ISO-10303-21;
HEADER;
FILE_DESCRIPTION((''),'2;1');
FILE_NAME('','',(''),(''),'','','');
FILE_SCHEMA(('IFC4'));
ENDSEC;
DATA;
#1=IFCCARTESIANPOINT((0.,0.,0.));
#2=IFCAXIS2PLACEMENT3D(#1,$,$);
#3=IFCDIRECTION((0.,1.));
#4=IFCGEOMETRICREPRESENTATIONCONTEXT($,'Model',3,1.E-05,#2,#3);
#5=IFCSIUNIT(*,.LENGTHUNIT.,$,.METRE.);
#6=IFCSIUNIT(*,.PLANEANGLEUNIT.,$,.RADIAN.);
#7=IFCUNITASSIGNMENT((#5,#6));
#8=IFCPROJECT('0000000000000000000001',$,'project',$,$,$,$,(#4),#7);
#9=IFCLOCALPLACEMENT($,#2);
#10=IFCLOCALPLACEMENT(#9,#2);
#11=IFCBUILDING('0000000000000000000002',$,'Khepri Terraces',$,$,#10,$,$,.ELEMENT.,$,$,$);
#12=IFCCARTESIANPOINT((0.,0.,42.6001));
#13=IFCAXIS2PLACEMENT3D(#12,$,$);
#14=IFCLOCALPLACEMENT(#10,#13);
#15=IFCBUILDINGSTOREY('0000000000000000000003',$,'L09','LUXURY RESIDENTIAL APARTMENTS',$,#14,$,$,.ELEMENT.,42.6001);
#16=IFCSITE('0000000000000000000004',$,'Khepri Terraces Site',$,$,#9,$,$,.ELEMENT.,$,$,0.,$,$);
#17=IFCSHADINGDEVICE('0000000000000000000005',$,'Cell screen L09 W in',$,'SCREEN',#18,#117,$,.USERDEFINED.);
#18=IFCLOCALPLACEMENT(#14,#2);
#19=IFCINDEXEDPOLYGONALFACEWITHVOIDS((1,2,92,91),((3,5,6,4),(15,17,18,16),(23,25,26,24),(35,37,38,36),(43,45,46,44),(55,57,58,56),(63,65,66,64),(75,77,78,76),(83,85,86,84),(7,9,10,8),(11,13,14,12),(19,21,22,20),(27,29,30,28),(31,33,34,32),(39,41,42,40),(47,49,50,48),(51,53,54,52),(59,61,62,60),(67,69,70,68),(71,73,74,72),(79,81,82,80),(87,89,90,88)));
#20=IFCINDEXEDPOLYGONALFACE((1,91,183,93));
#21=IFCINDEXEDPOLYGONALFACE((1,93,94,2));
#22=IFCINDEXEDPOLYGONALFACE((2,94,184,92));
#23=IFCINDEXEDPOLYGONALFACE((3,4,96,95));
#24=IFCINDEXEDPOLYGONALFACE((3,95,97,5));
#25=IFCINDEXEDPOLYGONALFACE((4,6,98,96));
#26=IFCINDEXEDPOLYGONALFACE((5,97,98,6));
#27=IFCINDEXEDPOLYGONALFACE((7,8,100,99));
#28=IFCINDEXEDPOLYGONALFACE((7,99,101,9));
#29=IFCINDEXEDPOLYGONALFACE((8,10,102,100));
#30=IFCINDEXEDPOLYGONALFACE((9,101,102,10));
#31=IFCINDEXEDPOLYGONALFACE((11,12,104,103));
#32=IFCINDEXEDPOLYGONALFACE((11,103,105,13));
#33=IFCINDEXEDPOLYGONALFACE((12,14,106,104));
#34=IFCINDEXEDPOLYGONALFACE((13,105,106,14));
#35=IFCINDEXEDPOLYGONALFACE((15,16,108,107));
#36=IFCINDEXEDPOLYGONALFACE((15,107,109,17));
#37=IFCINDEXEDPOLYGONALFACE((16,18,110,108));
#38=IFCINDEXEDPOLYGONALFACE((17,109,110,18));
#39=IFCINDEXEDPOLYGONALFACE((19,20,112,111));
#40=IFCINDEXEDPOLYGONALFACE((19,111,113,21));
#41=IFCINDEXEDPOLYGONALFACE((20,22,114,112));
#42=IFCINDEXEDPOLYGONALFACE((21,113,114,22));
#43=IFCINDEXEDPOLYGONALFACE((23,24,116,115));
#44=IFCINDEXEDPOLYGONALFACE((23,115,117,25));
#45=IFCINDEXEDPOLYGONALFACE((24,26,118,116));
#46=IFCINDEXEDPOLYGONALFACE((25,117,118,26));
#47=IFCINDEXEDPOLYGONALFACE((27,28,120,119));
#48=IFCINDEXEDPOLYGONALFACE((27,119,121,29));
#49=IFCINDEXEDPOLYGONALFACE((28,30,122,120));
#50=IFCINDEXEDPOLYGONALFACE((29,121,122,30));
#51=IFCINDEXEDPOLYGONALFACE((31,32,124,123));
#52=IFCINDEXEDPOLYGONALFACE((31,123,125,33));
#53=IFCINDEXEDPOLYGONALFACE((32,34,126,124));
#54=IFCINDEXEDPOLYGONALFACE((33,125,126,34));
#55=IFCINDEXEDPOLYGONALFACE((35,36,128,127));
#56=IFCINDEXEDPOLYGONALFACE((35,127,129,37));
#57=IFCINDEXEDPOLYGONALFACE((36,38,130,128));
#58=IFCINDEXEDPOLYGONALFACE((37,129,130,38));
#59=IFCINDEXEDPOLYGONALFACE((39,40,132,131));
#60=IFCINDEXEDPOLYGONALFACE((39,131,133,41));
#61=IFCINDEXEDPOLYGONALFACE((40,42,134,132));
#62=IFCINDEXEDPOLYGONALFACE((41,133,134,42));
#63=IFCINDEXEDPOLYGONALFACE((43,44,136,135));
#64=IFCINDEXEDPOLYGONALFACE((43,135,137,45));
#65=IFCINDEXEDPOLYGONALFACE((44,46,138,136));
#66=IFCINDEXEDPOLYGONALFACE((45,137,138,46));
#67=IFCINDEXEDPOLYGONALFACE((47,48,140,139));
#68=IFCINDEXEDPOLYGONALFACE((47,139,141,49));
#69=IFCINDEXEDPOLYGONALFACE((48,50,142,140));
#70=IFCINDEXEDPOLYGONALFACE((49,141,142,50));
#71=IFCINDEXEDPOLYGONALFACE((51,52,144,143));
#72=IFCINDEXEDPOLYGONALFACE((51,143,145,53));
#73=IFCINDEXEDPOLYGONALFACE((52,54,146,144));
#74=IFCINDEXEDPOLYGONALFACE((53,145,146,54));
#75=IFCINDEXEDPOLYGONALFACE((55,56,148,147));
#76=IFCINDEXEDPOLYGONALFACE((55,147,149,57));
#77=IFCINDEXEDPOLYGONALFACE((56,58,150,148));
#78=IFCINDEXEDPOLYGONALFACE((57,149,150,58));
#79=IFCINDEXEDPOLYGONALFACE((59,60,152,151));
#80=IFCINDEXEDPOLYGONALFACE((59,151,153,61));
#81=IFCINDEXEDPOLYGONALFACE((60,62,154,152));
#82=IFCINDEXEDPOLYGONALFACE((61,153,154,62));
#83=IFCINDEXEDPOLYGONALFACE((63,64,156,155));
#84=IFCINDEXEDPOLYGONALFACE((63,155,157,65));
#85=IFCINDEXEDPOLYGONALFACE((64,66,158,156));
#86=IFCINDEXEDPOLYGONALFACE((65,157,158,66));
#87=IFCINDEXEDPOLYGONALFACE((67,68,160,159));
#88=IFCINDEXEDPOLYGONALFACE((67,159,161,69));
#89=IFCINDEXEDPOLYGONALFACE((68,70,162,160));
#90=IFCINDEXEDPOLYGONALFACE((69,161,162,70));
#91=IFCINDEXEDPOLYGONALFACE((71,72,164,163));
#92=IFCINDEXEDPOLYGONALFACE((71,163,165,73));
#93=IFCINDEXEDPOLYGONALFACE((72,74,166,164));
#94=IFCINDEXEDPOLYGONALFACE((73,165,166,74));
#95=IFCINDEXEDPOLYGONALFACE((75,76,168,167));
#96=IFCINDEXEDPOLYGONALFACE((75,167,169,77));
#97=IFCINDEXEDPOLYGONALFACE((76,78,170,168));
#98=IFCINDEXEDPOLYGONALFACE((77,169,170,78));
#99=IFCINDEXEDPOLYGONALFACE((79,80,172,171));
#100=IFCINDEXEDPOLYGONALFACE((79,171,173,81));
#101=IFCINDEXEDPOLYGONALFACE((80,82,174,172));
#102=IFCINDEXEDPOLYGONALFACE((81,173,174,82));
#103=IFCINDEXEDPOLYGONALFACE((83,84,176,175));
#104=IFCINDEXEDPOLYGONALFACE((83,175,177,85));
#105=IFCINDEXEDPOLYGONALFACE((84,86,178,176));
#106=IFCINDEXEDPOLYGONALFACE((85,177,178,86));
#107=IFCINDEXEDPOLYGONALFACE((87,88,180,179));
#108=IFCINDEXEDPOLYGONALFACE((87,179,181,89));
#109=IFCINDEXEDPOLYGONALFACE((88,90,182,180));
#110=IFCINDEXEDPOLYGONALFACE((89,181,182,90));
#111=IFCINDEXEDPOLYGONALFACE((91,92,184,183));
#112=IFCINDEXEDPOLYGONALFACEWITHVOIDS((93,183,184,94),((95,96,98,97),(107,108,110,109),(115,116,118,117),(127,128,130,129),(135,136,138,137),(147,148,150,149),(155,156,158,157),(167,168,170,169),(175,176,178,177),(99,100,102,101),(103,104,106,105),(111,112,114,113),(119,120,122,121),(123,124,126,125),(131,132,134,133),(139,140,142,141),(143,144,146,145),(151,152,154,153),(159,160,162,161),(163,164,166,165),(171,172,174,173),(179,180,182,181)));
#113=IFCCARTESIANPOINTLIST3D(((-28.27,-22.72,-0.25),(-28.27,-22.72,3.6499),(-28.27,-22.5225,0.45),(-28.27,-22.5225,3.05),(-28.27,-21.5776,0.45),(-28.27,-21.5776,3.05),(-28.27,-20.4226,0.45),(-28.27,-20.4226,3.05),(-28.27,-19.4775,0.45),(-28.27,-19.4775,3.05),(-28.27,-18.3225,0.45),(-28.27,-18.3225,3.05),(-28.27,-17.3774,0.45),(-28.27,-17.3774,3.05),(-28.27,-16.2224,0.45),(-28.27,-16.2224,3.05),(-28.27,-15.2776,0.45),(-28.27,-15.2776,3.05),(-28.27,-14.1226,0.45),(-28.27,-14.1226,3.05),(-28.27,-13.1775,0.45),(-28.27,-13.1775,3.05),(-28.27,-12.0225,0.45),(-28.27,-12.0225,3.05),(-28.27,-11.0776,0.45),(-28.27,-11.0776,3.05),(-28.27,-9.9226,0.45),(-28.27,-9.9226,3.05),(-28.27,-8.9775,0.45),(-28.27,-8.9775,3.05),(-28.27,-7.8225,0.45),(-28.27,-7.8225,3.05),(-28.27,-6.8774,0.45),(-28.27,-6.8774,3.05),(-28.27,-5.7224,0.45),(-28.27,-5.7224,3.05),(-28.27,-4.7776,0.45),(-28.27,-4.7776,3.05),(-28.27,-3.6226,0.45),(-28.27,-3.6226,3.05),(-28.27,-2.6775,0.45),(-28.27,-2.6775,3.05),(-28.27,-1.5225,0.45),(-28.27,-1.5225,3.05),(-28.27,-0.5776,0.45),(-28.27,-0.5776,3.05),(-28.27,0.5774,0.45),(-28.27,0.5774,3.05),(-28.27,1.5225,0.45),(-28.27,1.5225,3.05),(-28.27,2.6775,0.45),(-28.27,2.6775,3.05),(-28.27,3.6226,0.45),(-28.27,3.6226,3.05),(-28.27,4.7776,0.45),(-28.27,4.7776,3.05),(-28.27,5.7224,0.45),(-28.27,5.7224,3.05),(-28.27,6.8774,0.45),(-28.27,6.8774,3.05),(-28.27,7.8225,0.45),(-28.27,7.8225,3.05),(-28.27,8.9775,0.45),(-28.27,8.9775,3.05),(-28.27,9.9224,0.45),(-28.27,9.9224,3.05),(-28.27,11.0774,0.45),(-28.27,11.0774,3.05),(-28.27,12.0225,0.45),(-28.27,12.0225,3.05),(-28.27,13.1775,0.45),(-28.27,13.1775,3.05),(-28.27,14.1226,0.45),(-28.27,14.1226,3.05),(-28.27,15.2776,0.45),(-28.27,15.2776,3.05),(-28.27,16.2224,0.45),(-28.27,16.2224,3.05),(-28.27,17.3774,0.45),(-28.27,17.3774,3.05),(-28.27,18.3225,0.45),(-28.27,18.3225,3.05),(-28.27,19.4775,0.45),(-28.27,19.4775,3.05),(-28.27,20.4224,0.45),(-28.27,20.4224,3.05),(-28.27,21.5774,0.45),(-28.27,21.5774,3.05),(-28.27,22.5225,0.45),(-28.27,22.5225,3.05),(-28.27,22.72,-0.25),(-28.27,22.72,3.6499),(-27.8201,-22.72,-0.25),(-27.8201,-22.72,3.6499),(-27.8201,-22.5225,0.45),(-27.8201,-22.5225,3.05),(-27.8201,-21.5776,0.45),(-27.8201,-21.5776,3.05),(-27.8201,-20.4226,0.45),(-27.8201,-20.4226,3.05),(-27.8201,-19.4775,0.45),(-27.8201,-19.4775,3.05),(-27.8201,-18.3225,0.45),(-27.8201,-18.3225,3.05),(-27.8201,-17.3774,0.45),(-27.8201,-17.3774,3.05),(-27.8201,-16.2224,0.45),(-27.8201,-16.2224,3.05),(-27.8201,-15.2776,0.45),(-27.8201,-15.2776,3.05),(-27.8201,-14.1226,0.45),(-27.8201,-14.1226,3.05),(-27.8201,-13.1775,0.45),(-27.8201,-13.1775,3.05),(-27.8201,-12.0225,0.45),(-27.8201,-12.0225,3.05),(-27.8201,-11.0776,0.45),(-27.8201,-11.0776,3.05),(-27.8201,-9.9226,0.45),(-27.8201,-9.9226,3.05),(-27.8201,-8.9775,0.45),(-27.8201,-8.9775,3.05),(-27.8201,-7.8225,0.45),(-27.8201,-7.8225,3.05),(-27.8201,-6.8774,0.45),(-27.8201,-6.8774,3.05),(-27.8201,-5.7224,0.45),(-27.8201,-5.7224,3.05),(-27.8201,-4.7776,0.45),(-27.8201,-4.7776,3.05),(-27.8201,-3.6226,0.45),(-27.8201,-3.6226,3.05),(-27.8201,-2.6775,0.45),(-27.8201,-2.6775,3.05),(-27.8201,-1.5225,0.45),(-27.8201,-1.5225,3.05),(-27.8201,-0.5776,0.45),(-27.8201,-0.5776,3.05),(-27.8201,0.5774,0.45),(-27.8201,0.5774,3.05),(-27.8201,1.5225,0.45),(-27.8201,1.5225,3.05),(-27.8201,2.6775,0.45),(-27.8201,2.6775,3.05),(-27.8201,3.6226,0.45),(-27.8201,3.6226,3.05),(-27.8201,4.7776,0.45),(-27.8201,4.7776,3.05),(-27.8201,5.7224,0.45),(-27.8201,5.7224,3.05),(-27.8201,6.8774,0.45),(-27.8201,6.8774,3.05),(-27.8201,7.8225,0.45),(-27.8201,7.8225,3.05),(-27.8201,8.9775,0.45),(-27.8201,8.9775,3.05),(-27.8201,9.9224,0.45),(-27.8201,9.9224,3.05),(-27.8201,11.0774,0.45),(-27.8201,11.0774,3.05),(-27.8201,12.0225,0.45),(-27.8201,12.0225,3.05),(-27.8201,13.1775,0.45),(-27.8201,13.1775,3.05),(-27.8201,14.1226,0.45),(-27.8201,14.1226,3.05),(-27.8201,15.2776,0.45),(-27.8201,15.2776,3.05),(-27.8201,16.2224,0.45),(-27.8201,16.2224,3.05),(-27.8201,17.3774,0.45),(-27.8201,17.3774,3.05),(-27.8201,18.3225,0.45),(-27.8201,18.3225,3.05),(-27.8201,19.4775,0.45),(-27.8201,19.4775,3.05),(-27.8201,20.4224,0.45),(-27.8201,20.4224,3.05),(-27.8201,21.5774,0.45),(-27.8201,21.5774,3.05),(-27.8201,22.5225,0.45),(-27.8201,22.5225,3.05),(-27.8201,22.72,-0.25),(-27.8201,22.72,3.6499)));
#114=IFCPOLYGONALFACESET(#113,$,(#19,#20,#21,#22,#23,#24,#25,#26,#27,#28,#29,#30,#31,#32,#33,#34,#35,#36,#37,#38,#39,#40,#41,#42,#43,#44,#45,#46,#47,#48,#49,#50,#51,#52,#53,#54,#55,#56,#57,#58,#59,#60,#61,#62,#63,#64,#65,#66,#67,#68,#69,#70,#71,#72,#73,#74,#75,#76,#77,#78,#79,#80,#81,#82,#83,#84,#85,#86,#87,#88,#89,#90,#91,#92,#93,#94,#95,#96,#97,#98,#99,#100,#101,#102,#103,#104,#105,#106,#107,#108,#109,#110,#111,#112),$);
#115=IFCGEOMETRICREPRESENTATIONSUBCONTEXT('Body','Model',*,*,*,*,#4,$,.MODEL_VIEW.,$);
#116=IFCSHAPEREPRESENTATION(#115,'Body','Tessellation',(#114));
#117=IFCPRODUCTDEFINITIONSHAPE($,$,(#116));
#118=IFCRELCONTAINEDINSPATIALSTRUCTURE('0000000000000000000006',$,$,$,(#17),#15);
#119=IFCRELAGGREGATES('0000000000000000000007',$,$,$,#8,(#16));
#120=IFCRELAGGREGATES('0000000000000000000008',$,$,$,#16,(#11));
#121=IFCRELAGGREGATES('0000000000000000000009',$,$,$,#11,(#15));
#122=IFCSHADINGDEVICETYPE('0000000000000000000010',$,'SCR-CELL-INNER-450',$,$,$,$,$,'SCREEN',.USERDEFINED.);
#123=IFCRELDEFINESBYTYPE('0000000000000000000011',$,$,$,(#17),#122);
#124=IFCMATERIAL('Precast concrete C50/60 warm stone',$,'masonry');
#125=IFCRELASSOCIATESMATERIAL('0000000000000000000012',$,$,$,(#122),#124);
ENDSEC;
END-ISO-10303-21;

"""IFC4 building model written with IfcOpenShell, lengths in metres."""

from ifc_helpers import new_model, si_unit, direction, frame, origin, place, context, subcontext, project, spatial, polyline, outline, extrude, material, type_object, element, save


model = new_model("IFC4")

# Units and contexts
model_context = context("Model", 3, precision=1e-05, world=origin(), true_north=direction((0.0, 1.0)))
body_context = subcontext(model_context, "Body", "Model", "MODEL_VIEW")
ifc_project = project(units=[si_unit("LENGTHUNIT", "METRE"), si_unit("PLANEANGLEUNIT", "RADIAN")], contexts=[model_context])

# Site, building, storey
site_placement = place(None, origin())
site = spatial("IfcSite", under=ifc_project, at=site_placement, Name="Khepri Terraces Site", CompositionType="ELEMENT", RefElevation=0.0)
building_placement = place(site_placement, origin())
building = spatial("IfcBuilding", under=site, at=building_placement, Name="Khepri Terraces", CompositionType="ELEMENT")
storey_placement = place(building_placement, frame((0.0, 0.0, 42.6001)))
storey = spatial("IfcBuildingStorey", under=building, at=storey_placement, Name="L09", Description="LUXURY RESIDENTIAL APARTMENTS", CompositionType="ELEMENT", Elevation=42.6001)

# Shared definitions
ifc_material_1 = material(Name="Precast concrete C50/60 warm stone", Category="masonry")

# Shading device
shading_device_type_1 = type_object("IfcShadingDeviceType", Name="SCR-CELL-INNER-450", ElementType="SCREEN", PredefinedType="USERDEFINED", material=ifc_material_1)
shading_device_1_placement = place(storey_placement, frame((-27.8201, 22.72, -0.25), z_axis=(-1.0, 0.0, 0.0), x_axis=(0.0, -1.0, 0.0)))
element("IfcShadingDevice", 1, at=shading_device_1_placement, inside=storey, type_object=shading_device_type_1, Name="Cell screen L09 W in", ObjectType="SCREEN", PredefinedType="USERDEFINED", context=body_context, shape_type="SweptSolid", body=[
    extrude(outline(polyline([(0.0, 0.0), (45.4399, 0.0), (45.4399, 3.8999), (0.0, 3.8999), (0.0, 0.0)]), holes=[polyline([(0.1975, 0.7), (1.1426, 0.7), (1.1426, 3.3), (0.1975, 3.3), (0.1975, 0.7)]), polyline([(2.2976, 0.7), (3.2424, 0.7), (3.2424, 3.3), (2.2976, 3.3), (2.2976, 0.7)]), polyline([(4.3975, 0.7), (5.3425, 0.7), (5.3425, 3.3), (4.3975, 3.3), (4.3975, 0.7)]), polyline([(6.4976, 0.7), (7.4424, 0.7), (7.4424, 3.3), (6.4976, 3.3), (6.4976, 0.7)]), polyline([(8.5974, 0.7), (9.5425, 0.7), (9.5425, 3.3), (8.5974, 3.3), (8.5974, 0.7)]), polyline([(10.6975, 0.7), (11.6426, 0.7), (11.6426, 3.3), (10.6975, 3.3), (10.6975, 0.7)]), polyline([(12.7976, 0.7), (13.7424, 0.7), (13.7424, 3.3), (12.7976, 3.3), (12.7976, 0.7)]), polyline([(14.8975, 0.7), (15.8425, 0.7), (15.8425, 3.3), (14.8975, 3.3), (14.8975, 0.7)]), polyline([(16.9976, 0.7), (17.9424, 0.7), (17.9424, 3.3), (16.9976, 3.3), (16.9976, 0.7)]), polyline([(19.0974, 0.7), (20.0425, 0.7), (20.0425, 3.3), (19.0974, 3.3), (19.0974, 0.7)]), polyline([(21.1975, 0.7), (22.1426, 0.7), (22.1426, 3.3), (21.1975, 3.3), (21.1975, 0.7)]), polyline([(23.2976, 0.7), (24.2424, 0.7), (24.2424, 3.3), (23.2976, 3.3), (23.2976, 0.7)]), polyline([(25.3975, 0.7), (26.3425, 0.7), (26.3425, 3.3), (25.3975, 3.3), (25.3975, 0.7)]), polyline([(27.4976, 0.7), (28.4424, 0.7), (28.4424, 3.3), (27.4976, 3.3), (27.4976, 0.7)]), polyline([(29.5974, 0.7), (30.5425, 0.7), (30.5425, 3.3), (29.5974, 3.3), (29.5974, 0.7)]), polyline([(31.6975, 0.7), (32.6426, 0.7), (32.6426, 3.3), (31.6975, 3.3), (31.6975, 0.7)]), polyline([(33.7976, 0.7), (34.7424, 0.7), (34.7424, 3.3), (33.7976, 3.3), (33.7976, 0.7)]), polyline([(35.8975, 0.7), (36.8425, 0.7), (36.8425, 3.3), (35.8975, 3.3), (35.8975, 0.7)]), polyline([(37.9976, 0.7), (38.9424, 0.7), (38.9424, 3.3), (37.9976, 3.3), (37.9976, 0.7)]), polyline([(40.0974, 0.7), (41.0425, 0.7), (41.0425, 3.3), (40.0974, 3.3), (40.0974, 0.7)]), polyline([(42.1975, 0.7), (43.1426, 0.7), (43.1426, 3.3), (42.1975, 3.3), (42.1975, 0.7)]), polyline([(44.2976, 0.7), (45.2424, 0.7), (45.2424, 3.3), (44.2976, 3.3), (44.2976, 0.7)])]), origin(), (0.0, 0.0, 1.0), 0.45),
])

save(model, "model.ifc")
